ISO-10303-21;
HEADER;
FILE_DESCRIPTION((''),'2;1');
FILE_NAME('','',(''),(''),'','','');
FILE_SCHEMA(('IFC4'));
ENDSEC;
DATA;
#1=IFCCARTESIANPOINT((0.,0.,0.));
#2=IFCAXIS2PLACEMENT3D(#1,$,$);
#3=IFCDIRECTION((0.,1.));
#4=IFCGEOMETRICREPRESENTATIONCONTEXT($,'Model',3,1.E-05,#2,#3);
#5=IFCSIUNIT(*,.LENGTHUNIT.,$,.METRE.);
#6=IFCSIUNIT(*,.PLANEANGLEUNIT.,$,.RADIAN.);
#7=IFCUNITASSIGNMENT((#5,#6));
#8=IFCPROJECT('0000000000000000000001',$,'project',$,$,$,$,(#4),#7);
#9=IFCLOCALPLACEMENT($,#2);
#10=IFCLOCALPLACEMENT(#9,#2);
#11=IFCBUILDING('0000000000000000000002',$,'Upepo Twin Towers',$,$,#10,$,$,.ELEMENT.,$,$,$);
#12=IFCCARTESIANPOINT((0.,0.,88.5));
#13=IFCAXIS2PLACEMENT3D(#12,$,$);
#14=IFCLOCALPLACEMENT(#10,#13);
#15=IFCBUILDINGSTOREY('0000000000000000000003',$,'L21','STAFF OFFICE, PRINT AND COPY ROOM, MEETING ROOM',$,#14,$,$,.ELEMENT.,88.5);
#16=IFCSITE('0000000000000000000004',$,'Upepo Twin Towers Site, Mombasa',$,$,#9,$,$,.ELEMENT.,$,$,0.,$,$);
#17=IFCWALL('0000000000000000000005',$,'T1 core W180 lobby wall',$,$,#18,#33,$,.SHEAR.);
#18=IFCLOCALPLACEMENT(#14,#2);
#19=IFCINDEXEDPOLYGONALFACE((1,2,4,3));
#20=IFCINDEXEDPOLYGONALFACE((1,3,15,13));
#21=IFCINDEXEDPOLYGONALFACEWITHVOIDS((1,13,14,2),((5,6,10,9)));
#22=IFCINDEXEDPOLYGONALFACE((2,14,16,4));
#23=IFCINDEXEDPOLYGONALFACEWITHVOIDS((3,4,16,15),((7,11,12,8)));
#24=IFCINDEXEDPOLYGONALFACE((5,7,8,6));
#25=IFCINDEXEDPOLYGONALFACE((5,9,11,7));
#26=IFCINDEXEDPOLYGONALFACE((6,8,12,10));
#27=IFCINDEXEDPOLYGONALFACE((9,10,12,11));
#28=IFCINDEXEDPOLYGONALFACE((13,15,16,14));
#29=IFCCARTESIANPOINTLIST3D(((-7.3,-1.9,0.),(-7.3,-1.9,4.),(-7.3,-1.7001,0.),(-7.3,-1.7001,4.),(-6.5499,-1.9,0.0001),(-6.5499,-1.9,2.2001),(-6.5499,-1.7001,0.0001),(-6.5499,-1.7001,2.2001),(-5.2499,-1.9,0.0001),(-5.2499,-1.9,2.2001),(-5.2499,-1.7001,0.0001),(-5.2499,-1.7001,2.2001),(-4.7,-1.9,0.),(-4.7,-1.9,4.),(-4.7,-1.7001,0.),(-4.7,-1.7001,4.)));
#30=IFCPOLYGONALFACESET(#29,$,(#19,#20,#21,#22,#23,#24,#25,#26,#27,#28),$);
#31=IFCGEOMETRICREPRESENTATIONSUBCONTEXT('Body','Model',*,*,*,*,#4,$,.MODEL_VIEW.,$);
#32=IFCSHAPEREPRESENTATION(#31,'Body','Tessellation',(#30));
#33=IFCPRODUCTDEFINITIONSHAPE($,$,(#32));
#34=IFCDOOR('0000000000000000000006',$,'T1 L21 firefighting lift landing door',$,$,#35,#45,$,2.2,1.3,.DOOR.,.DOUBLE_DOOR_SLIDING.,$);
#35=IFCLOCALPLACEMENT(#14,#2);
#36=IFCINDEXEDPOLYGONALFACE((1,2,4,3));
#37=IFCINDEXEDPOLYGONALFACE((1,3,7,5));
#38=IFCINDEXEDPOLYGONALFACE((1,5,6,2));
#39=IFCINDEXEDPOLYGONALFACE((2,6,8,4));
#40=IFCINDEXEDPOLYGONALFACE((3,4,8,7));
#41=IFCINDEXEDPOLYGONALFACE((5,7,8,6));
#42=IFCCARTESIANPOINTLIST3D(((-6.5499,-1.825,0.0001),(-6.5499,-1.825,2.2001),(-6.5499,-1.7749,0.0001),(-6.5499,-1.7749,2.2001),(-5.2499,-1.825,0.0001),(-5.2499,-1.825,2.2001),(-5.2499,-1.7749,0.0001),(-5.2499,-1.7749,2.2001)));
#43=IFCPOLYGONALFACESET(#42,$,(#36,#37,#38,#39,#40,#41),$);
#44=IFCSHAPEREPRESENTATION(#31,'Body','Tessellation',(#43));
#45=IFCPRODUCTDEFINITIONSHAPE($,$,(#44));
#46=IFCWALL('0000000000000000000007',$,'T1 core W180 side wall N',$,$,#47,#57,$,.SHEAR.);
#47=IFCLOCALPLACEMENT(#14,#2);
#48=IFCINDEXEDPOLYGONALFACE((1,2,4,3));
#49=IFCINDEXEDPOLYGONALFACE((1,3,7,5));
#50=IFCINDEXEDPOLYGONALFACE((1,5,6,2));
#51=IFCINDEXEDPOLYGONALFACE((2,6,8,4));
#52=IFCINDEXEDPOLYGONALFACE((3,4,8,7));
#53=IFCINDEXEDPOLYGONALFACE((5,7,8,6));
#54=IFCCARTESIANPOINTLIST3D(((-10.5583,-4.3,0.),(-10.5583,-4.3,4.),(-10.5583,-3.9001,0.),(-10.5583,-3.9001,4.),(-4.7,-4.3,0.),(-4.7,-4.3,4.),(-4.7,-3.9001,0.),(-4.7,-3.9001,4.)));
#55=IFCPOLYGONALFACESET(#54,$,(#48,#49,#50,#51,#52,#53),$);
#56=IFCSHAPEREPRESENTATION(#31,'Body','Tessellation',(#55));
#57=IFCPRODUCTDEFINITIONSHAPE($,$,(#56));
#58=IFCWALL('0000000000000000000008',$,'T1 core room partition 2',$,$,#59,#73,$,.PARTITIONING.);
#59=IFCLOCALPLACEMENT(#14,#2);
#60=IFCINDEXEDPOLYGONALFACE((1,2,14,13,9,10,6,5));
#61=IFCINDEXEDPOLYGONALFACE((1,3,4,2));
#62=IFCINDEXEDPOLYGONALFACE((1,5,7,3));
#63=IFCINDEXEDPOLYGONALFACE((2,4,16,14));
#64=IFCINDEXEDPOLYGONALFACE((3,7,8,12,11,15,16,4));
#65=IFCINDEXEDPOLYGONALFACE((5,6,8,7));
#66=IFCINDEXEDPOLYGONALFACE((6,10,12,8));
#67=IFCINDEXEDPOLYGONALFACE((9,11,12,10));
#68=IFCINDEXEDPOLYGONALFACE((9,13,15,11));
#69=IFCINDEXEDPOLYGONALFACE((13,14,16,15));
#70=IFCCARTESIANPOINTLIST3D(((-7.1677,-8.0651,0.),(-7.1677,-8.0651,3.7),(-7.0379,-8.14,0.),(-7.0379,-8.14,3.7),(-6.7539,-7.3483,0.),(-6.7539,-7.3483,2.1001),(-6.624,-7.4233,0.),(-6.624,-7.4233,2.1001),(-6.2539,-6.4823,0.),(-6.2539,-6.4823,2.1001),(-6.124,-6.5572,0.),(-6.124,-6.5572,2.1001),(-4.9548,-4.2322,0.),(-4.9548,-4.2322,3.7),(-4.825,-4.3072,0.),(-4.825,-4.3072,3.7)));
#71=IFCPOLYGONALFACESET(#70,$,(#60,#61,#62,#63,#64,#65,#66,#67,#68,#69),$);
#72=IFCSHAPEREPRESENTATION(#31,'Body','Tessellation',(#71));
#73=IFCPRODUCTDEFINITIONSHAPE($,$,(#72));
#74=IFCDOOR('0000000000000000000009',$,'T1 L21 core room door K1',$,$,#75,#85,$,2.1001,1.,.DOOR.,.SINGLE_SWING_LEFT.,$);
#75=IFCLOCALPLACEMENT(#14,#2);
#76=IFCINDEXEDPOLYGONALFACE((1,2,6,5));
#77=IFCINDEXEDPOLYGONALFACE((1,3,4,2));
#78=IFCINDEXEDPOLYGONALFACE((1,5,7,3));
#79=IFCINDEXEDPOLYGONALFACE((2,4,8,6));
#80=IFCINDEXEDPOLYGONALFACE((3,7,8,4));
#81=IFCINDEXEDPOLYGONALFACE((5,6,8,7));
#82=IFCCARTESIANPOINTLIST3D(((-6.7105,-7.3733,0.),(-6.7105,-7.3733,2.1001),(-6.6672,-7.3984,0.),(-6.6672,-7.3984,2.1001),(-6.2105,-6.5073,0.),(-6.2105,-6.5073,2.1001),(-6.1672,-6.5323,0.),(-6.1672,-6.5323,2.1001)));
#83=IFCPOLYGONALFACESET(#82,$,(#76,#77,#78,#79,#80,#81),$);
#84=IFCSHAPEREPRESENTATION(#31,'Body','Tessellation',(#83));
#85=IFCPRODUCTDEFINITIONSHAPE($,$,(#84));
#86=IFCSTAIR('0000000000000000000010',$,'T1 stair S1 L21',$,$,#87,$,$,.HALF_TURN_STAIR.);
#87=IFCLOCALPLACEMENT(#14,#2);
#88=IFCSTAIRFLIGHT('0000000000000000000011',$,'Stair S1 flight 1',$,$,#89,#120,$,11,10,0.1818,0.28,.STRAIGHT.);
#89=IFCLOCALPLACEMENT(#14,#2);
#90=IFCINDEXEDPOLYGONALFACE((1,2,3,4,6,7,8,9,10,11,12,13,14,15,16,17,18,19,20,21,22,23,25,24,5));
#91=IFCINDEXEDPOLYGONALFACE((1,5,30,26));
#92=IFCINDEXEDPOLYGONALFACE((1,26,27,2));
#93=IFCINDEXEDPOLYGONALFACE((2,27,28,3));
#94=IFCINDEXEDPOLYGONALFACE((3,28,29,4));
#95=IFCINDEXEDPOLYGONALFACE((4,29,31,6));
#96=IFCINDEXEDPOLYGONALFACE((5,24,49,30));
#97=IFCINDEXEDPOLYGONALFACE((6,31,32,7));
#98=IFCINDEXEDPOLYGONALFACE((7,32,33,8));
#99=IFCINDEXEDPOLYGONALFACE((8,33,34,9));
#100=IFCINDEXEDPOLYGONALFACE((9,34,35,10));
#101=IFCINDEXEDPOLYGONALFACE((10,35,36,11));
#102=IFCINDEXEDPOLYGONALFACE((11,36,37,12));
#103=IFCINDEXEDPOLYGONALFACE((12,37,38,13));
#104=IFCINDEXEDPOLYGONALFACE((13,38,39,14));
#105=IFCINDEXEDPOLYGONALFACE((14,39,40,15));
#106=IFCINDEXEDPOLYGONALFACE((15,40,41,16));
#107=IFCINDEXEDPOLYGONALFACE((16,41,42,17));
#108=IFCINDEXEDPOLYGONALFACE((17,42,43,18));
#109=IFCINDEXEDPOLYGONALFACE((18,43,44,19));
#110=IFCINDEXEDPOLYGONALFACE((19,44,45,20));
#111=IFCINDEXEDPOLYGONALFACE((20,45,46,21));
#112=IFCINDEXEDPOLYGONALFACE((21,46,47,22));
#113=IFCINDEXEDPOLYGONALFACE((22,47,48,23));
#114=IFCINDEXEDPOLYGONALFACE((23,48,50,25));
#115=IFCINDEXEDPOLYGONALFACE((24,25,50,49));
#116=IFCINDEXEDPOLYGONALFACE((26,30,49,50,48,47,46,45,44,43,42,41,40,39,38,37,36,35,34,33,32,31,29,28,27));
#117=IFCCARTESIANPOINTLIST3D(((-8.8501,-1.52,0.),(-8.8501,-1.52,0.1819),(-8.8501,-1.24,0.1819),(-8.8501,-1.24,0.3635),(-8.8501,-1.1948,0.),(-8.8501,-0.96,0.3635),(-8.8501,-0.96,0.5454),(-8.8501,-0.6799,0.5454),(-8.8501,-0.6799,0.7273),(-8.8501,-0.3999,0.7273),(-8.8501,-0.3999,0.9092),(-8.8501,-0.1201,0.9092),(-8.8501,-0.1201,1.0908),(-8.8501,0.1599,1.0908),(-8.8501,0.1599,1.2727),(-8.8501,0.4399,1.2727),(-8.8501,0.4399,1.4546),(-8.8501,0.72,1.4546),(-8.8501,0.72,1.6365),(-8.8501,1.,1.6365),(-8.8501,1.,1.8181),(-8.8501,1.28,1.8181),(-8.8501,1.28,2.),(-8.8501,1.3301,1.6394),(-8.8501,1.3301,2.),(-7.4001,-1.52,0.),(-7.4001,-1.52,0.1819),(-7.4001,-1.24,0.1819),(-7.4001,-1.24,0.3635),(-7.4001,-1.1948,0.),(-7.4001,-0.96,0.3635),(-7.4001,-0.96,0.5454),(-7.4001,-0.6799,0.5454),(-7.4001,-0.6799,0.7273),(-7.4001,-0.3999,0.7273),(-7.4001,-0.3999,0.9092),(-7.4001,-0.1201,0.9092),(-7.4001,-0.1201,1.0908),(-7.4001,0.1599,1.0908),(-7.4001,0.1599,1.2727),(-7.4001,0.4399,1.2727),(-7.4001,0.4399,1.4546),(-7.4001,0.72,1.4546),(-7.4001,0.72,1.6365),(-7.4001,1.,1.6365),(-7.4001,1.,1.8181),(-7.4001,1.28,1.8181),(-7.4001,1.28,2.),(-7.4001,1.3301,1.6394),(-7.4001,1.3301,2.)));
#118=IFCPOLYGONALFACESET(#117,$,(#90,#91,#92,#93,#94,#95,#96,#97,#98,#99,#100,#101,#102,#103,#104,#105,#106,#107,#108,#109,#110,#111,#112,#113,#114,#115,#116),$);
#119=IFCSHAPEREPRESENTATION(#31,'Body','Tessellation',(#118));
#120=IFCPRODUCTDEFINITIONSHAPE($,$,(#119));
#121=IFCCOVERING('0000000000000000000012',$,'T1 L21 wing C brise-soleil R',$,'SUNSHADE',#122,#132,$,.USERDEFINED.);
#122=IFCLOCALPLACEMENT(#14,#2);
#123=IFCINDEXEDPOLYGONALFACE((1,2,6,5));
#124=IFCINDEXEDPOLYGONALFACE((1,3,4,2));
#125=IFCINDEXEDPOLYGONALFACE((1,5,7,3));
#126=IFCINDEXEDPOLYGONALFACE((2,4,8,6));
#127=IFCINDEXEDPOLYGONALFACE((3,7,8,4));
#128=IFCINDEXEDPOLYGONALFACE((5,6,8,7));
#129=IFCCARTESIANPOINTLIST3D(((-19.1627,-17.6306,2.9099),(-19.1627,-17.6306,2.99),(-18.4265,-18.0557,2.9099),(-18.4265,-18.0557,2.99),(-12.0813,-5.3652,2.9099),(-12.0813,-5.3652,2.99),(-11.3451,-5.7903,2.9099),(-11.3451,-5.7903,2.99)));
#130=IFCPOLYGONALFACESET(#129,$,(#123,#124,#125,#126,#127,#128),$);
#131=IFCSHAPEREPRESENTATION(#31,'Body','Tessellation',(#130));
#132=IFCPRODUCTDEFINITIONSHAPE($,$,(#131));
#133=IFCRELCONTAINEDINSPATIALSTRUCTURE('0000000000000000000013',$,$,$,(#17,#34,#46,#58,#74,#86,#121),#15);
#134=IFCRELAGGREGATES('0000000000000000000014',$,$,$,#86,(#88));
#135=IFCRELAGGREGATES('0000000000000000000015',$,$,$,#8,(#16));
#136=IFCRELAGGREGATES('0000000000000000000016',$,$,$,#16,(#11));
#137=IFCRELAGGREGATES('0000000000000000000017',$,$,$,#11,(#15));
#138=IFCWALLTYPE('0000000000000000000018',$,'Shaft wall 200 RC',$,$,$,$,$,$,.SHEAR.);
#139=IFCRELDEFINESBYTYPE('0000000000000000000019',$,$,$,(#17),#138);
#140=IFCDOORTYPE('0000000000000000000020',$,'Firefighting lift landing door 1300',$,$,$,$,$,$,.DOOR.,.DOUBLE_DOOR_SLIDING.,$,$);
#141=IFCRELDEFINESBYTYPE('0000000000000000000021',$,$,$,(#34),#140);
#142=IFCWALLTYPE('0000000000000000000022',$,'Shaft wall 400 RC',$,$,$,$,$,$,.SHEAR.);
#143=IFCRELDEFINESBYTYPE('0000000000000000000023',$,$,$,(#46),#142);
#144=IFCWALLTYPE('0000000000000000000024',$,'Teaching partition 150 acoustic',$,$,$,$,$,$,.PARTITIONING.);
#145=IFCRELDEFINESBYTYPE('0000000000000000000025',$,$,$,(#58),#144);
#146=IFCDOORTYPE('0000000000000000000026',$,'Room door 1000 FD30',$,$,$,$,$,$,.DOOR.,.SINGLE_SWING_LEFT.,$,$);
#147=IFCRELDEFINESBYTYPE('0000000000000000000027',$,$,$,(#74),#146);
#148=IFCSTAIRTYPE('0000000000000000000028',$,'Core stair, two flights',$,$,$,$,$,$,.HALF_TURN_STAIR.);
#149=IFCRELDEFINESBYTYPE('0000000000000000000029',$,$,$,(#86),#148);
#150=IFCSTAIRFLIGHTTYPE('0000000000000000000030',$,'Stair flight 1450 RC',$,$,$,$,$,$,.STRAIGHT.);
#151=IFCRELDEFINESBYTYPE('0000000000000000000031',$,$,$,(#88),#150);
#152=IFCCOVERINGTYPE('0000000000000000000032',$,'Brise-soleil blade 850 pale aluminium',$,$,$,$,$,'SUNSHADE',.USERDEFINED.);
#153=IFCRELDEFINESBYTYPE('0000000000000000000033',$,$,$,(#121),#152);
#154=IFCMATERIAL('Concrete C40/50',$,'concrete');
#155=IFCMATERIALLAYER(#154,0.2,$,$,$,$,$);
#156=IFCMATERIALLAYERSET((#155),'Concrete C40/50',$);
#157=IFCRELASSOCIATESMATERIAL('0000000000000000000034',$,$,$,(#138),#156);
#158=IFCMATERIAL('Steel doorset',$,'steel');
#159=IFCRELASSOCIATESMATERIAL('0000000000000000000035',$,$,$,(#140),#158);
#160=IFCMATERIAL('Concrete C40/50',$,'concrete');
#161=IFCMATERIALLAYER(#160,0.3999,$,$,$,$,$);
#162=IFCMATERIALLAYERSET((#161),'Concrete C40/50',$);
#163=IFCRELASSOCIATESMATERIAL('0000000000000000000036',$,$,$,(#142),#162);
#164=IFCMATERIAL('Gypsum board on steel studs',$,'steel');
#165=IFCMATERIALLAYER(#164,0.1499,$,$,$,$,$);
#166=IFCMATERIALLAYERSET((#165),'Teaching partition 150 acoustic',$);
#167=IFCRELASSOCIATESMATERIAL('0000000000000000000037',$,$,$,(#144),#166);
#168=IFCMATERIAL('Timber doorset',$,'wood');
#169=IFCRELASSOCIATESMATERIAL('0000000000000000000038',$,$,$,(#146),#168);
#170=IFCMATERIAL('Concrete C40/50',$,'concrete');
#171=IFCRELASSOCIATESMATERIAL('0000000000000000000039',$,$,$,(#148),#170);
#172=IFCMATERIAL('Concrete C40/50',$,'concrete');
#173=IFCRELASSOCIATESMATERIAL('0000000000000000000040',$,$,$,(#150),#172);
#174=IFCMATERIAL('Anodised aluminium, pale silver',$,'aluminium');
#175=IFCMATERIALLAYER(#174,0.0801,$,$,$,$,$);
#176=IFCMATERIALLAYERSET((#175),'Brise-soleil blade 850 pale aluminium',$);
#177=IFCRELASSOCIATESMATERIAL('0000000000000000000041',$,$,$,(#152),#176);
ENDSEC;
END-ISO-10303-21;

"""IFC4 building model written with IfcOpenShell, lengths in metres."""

from ifc_helpers import new_model, si_unit, direction, frame, frame_2d, origin, origin_2d, place, context, subcontext, project, spatial, polyline, rectangle, outline, extrude, material, layer, layer_set, type_object, element, fill, aggregate, save


model = new_model("IFC4")

# Units and contexts
model_context = context("Model", 3, precision=1e-05, world=origin(), true_north=direction((0.0, 1.0)))
body_context = subcontext(model_context, "Body", "Model", "MODEL_VIEW")
ifc_project = project(units=[si_unit("LENGTHUNIT", "METRE"), si_unit("PLANEANGLEUNIT", "RADIAN")], contexts=[model_context])

# Site, building, storey
site_placement = place(None, origin())
site = spatial("IfcSite", under=ifc_project, at=site_placement, Name="Upepo Twin Towers Site, Mombasa", CompositionType="ELEMENT", RefElevation=0.0)
building_placement = place(site_placement, origin())
building = spatial("IfcBuilding", under=site, at=building_placement, Name="Upepo Twin Towers", CompositionType="ELEMENT")
storey_placement = place(building_placement, frame((0.0, 0.0, 88.5)))
storey = spatial("IfcBuildingStorey", under=building, at=storey_placement, Name="L21", Description="STAFF OFFICE, PRINT AND COPY ROOM, MEETING ROOM", CompositionType="ELEMENT", Elevation=88.5)

# Wall, opening, door
ifc_material_1 = material(Name="Concrete C40/50", Category="concrete")
ifc_layer_1 = layer(ifc_material_1, 0.2)
ifc_layer_set_1 = layer_set([ifc_layer_1], Name="Concrete C40/50")
wall_type_1 = type_object("IfcWallType", Name="Shaft wall 200 RC", PredefinedType="SHEAR", material=ifc_layer_set_1)
wall_1_placement = place(storey_placement, frame((-4.7, -1.8, 0.0), z_axis=(0.0, 0.0, 1.0), x_axis=(-1.0, 0.0, 0.0)))
wall_1 = element("IfcWall", 1, at=wall_1_placement, inside=storey, type_object=wall_type_1, Name="T1 core W180 lobby wall", PredefinedType="SHEAR", context=body_context, shape_type="SweptSolid", body=[
    extrude(rectangle(XDim=2.6001, YDim=0.2, at=frame_2d((1.3, 0.0))), origin(), (0.0, 0.0, 1.0), 4.0),
])
opening_1_placement = place(wall_1_placement, frame((0.55, 0.0, 0.0)))
opening_1 = element("IfcOpeningElement", 2, at=opening_1_placement, cuts=wall_1, PredefinedType="OPENING", context=body_context, shape_type="SweptSolid", body=[
    extrude(rectangle(XDim=1.3, YDim=2.2, at=frame_2d((0.6499, 1.1001))), frame((0.0, 0.1099, 0.0), z_axis=(0.0, -1.0, 0.0), x_axis=(1.0, 0.0, 0.0)), (0.0, 0.0, 1.0), 0.22),
])
ifc_material_2 = material(Name="Steel doorset", Category="steel")
door_type_1 = type_object("IfcDoorType", Name="Firefighting lift landing door 1300", OperationType="DOUBLE_DOOR_SLIDING", PredefinedType="DOOR", material=ifc_material_2)
door_1_placement = place(opening_1_placement, origin())
door_1 = element("IfcDoor", 3, at=door_1_placement, inside=storey, type_object=door_type_1, Name="T1 L21 firefighting lift landing door", OperationType="DOUBLE_DOOR_SLIDING", OverallHeight=2.2, OverallWidth=1.3, PredefinedType="DOOR", context=body_context, shape_type="SweptSolid", body=[
    extrude(rectangle(XDim=1.3, YDim=2.2, at=frame_2d((0.6499, 1.1001))), frame((0.0, 0.0249, 0.0), z_axis=(0.0, -1.0, 0.0), x_axis=(1.0, 0.0, 0.0)), (0.0, 0.0, 1.0), 0.05),
])
fill(opening_1, door_1)

# Wall
ifc_material_3 = material(Name="Concrete C40/50", Category="concrete")
ifc_layer_2 = layer(ifc_material_3, 0.3999)
ifc_layer_set_2 = layer_set([ifc_layer_2], Name="Concrete C40/50")
wall_type_2 = type_object("IfcWallType", Name="Shaft wall 400 RC", PredefinedType="SHEAR", material=ifc_layer_set_2)
wall_2_placement = place(storey_placement, frame((-4.7, -4.1001, 0.0), z_axis=(0.0, 0.0, 1.0), x_axis=(-1.0, 0.0, 0.0)))
element("IfcWall", 4, at=wall_2_placement, inside=storey, type_object=wall_type_2, Name="T1 core W180 side wall N", PredefinedType="SHEAR", context=body_context, shape_type="SweptSolid", body=[
    extrude(rectangle(XDim=5.8584, YDim=0.3999, at=frame_2d((2.9292, 0.0))), origin(), (0.0, 0.0, 1.0), 4.0),
])

# Wall, opening, door
ifc_material_4 = material(Name="Gypsum board on steel studs", Category="steel")
ifc_layer_3 = layer(ifc_material_4, 0.1499)
ifc_layer_set_3 = layer_set([ifc_layer_3], Name="Teaching partition 150 acoustic")
wall_type_3 = type_object("IfcWallType", Name="Teaching partition 150 acoustic", PredefinedType="PARTITIONING", material=ifc_layer_set_3)
wall_3_placement = place(storey_placement, frame((-7.1028, -8.1025, 0.0), z_axis=(0.0, 0.0, 1.0), x_axis=(0.500007, 0.866021, 0.0)))
wall_3 = element("IfcWall", 5, at=wall_3_placement, inside=storey, type_object=wall_type_3, Name="T1 core room partition 2", PredefinedType="PARTITIONING", context=body_context, shape_type="SweptSolid", body=[
    extrude(rectangle(XDim=4.4258, YDim=0.1499, at=frame_2d((2.2129, 0.0))), origin(), (0.0, 0.0, 1.0), 3.7),
])
opening_2_placement = place(wall_3_placement, frame((0.8276, 0.0, 0.0)))
opening_2 = element("IfcOpeningElement", 6, at=opening_2_placement, cuts=wall_3, PredefinedType="OPENING", context=body_context, shape_type="SweptSolid", body=[
    extrude(rectangle(XDim=1.0, YDim=2.1001, at=frame_2d((0.5, 1.05))), frame((0.0, 0.085, 0.0), z_axis=(0.0, -1.0, 0.0), x_axis=(1.0, 0.0, 0.0)), (0.0, 0.0, 1.0), 0.1699),
])
ifc_material_5 = material(Name="Timber doorset", Category="wood")
door_type_2 = type_object("IfcDoorType", Name="Room door 1000 FD30", OperationType="SINGLE_SWING_LEFT", PredefinedType="DOOR", material=ifc_material_5)
door_2_placement = place(opening_2_placement, origin())
door_2 = element("IfcDoor", 7, at=door_2_placement, inside=storey, type_object=door_type_2, Name="T1 L21 core room door K1", OperationType="SINGLE_SWING_LEFT", OverallHeight=2.1001, OverallWidth=1.0, PredefinedType="DOOR", context=body_context, shape_type="SweptSolid", body=[
    extrude(rectangle(XDim=1.0, YDim=2.1001, at=frame_2d((0.5, 1.05))), frame((0.0, 0.0249, 0.0), z_axis=(0.0, -1.0, 0.0), x_axis=(1.0, 0.0, 0.0)), (0.0, 0.0, 1.0), 0.05),
])
fill(opening_2, door_2)

# Stair, stair flight
ifc_material_6 = material(Name="Concrete C40/50", Category="concrete")
stair_type = type_object("IfcStairType", Name="Core stair, two flights", PredefinedType="HALF_TURN_STAIR", material=ifc_material_6)
stair_placement = place(storey_placement, origin())
stair = element("IfcStair", 8, at=stair_placement, inside=storey, type_object=stair_type, Name="T1 stair S1 L21", PredefinedType="HALF_TURN_STAIR")
ifc_material_7 = material(Name="Concrete C40/50", Category="concrete")
stair_flight_type = type_object("IfcStairFlightType", Name="Stair flight 1450 RC", PredefinedType="STRAIGHT", material=ifc_material_7)
stair_flight_placement = place(storey_placement, frame((-8.125, -1.52, 0.0), z_axis=(0.0, 0.0, 1.0), x_axis=(0.0, 1.0, 0.0)))
stair_flight = element("IfcStairFlight", 9, at=stair_flight_placement, type_object=stair_flight_type, Name="Stair S1 flight 1", NumberOfRisers=11, NumberOfTreads=10, PredefinedType="STRAIGHT", RiserHeight=0.1818, TreadLength=0.28, context=body_context, shape_type="SweptSolid", body=[
    extrude(outline(polyline([(0.0, 0.0), (0.0, 0.1819), (0.28, 0.1819), (0.28, 0.3635), (0.5601, 0.3635), (0.5601, 0.5454), (0.8401, 0.5454), (0.8401, 0.7273), (1.1201, 0.7273), (1.1201, 0.9092), (1.3999, 0.9092), (1.3999, 1.0908), (1.6799, 1.0908), (1.6799, 1.2727), (1.96, 1.2727), (1.96, 1.4546), (2.24, 1.4546), (2.24, 1.6365), (2.52, 1.6365), (2.52, 1.8181), (2.8, 1.8181), (2.8, 2.0), (2.8501, 2.0), (2.8501, 1.6394), (0.3252, 0.0), (0.0, 0.0)])), frame((0.0, 0.7251, 0.0), z_axis=(0.0, -1.0, 0.0), x_axis=(1.0, 0.0, 0.0)), (0.0, 0.0, 1.0), 1.45),
])
aggregate(stair, [stair_flight])

# Covering
ifc_material_8 = material(Name="Anodised aluminium, pale silver", Category="aluminium")
ifc_layer_4 = layer(ifc_material_8, 0.0801)
ifc_layer_set_4 = layer_set([ifc_layer_4], Name="Brise-soleil blade 850 pale aluminium")
covering_type = type_object("IfcCoveringType", Name="Brise-soleil blade 850 pale aluminium", ElementType="SUNSHADE", PredefinedType="USERDEFINED", material=ifc_layer_set_4)
covering_placement = place(storey_placement, frame((-15.2539, -11.7104, 2.9099), z_axis=(0.0, 0.0, 1.0), x_axis=(-0.5, -0.866025, 0.0)))
element("IfcCovering", 10, at=covering_placement, inside=storey, type_object=covering_type, Name="T1 L21 wing C brise-soleil R", ObjectType="SUNSHADE", PredefinedType="USERDEFINED", context=body_context, shape_type="SweptSolid", body=[
    extrude(rectangle(XDim=14.1628, YDim=0.8501, at=origin_2d()), origin(), (0.0, 0.0, 1.0), 0.0801),
])

save(model, "model.ifc")
